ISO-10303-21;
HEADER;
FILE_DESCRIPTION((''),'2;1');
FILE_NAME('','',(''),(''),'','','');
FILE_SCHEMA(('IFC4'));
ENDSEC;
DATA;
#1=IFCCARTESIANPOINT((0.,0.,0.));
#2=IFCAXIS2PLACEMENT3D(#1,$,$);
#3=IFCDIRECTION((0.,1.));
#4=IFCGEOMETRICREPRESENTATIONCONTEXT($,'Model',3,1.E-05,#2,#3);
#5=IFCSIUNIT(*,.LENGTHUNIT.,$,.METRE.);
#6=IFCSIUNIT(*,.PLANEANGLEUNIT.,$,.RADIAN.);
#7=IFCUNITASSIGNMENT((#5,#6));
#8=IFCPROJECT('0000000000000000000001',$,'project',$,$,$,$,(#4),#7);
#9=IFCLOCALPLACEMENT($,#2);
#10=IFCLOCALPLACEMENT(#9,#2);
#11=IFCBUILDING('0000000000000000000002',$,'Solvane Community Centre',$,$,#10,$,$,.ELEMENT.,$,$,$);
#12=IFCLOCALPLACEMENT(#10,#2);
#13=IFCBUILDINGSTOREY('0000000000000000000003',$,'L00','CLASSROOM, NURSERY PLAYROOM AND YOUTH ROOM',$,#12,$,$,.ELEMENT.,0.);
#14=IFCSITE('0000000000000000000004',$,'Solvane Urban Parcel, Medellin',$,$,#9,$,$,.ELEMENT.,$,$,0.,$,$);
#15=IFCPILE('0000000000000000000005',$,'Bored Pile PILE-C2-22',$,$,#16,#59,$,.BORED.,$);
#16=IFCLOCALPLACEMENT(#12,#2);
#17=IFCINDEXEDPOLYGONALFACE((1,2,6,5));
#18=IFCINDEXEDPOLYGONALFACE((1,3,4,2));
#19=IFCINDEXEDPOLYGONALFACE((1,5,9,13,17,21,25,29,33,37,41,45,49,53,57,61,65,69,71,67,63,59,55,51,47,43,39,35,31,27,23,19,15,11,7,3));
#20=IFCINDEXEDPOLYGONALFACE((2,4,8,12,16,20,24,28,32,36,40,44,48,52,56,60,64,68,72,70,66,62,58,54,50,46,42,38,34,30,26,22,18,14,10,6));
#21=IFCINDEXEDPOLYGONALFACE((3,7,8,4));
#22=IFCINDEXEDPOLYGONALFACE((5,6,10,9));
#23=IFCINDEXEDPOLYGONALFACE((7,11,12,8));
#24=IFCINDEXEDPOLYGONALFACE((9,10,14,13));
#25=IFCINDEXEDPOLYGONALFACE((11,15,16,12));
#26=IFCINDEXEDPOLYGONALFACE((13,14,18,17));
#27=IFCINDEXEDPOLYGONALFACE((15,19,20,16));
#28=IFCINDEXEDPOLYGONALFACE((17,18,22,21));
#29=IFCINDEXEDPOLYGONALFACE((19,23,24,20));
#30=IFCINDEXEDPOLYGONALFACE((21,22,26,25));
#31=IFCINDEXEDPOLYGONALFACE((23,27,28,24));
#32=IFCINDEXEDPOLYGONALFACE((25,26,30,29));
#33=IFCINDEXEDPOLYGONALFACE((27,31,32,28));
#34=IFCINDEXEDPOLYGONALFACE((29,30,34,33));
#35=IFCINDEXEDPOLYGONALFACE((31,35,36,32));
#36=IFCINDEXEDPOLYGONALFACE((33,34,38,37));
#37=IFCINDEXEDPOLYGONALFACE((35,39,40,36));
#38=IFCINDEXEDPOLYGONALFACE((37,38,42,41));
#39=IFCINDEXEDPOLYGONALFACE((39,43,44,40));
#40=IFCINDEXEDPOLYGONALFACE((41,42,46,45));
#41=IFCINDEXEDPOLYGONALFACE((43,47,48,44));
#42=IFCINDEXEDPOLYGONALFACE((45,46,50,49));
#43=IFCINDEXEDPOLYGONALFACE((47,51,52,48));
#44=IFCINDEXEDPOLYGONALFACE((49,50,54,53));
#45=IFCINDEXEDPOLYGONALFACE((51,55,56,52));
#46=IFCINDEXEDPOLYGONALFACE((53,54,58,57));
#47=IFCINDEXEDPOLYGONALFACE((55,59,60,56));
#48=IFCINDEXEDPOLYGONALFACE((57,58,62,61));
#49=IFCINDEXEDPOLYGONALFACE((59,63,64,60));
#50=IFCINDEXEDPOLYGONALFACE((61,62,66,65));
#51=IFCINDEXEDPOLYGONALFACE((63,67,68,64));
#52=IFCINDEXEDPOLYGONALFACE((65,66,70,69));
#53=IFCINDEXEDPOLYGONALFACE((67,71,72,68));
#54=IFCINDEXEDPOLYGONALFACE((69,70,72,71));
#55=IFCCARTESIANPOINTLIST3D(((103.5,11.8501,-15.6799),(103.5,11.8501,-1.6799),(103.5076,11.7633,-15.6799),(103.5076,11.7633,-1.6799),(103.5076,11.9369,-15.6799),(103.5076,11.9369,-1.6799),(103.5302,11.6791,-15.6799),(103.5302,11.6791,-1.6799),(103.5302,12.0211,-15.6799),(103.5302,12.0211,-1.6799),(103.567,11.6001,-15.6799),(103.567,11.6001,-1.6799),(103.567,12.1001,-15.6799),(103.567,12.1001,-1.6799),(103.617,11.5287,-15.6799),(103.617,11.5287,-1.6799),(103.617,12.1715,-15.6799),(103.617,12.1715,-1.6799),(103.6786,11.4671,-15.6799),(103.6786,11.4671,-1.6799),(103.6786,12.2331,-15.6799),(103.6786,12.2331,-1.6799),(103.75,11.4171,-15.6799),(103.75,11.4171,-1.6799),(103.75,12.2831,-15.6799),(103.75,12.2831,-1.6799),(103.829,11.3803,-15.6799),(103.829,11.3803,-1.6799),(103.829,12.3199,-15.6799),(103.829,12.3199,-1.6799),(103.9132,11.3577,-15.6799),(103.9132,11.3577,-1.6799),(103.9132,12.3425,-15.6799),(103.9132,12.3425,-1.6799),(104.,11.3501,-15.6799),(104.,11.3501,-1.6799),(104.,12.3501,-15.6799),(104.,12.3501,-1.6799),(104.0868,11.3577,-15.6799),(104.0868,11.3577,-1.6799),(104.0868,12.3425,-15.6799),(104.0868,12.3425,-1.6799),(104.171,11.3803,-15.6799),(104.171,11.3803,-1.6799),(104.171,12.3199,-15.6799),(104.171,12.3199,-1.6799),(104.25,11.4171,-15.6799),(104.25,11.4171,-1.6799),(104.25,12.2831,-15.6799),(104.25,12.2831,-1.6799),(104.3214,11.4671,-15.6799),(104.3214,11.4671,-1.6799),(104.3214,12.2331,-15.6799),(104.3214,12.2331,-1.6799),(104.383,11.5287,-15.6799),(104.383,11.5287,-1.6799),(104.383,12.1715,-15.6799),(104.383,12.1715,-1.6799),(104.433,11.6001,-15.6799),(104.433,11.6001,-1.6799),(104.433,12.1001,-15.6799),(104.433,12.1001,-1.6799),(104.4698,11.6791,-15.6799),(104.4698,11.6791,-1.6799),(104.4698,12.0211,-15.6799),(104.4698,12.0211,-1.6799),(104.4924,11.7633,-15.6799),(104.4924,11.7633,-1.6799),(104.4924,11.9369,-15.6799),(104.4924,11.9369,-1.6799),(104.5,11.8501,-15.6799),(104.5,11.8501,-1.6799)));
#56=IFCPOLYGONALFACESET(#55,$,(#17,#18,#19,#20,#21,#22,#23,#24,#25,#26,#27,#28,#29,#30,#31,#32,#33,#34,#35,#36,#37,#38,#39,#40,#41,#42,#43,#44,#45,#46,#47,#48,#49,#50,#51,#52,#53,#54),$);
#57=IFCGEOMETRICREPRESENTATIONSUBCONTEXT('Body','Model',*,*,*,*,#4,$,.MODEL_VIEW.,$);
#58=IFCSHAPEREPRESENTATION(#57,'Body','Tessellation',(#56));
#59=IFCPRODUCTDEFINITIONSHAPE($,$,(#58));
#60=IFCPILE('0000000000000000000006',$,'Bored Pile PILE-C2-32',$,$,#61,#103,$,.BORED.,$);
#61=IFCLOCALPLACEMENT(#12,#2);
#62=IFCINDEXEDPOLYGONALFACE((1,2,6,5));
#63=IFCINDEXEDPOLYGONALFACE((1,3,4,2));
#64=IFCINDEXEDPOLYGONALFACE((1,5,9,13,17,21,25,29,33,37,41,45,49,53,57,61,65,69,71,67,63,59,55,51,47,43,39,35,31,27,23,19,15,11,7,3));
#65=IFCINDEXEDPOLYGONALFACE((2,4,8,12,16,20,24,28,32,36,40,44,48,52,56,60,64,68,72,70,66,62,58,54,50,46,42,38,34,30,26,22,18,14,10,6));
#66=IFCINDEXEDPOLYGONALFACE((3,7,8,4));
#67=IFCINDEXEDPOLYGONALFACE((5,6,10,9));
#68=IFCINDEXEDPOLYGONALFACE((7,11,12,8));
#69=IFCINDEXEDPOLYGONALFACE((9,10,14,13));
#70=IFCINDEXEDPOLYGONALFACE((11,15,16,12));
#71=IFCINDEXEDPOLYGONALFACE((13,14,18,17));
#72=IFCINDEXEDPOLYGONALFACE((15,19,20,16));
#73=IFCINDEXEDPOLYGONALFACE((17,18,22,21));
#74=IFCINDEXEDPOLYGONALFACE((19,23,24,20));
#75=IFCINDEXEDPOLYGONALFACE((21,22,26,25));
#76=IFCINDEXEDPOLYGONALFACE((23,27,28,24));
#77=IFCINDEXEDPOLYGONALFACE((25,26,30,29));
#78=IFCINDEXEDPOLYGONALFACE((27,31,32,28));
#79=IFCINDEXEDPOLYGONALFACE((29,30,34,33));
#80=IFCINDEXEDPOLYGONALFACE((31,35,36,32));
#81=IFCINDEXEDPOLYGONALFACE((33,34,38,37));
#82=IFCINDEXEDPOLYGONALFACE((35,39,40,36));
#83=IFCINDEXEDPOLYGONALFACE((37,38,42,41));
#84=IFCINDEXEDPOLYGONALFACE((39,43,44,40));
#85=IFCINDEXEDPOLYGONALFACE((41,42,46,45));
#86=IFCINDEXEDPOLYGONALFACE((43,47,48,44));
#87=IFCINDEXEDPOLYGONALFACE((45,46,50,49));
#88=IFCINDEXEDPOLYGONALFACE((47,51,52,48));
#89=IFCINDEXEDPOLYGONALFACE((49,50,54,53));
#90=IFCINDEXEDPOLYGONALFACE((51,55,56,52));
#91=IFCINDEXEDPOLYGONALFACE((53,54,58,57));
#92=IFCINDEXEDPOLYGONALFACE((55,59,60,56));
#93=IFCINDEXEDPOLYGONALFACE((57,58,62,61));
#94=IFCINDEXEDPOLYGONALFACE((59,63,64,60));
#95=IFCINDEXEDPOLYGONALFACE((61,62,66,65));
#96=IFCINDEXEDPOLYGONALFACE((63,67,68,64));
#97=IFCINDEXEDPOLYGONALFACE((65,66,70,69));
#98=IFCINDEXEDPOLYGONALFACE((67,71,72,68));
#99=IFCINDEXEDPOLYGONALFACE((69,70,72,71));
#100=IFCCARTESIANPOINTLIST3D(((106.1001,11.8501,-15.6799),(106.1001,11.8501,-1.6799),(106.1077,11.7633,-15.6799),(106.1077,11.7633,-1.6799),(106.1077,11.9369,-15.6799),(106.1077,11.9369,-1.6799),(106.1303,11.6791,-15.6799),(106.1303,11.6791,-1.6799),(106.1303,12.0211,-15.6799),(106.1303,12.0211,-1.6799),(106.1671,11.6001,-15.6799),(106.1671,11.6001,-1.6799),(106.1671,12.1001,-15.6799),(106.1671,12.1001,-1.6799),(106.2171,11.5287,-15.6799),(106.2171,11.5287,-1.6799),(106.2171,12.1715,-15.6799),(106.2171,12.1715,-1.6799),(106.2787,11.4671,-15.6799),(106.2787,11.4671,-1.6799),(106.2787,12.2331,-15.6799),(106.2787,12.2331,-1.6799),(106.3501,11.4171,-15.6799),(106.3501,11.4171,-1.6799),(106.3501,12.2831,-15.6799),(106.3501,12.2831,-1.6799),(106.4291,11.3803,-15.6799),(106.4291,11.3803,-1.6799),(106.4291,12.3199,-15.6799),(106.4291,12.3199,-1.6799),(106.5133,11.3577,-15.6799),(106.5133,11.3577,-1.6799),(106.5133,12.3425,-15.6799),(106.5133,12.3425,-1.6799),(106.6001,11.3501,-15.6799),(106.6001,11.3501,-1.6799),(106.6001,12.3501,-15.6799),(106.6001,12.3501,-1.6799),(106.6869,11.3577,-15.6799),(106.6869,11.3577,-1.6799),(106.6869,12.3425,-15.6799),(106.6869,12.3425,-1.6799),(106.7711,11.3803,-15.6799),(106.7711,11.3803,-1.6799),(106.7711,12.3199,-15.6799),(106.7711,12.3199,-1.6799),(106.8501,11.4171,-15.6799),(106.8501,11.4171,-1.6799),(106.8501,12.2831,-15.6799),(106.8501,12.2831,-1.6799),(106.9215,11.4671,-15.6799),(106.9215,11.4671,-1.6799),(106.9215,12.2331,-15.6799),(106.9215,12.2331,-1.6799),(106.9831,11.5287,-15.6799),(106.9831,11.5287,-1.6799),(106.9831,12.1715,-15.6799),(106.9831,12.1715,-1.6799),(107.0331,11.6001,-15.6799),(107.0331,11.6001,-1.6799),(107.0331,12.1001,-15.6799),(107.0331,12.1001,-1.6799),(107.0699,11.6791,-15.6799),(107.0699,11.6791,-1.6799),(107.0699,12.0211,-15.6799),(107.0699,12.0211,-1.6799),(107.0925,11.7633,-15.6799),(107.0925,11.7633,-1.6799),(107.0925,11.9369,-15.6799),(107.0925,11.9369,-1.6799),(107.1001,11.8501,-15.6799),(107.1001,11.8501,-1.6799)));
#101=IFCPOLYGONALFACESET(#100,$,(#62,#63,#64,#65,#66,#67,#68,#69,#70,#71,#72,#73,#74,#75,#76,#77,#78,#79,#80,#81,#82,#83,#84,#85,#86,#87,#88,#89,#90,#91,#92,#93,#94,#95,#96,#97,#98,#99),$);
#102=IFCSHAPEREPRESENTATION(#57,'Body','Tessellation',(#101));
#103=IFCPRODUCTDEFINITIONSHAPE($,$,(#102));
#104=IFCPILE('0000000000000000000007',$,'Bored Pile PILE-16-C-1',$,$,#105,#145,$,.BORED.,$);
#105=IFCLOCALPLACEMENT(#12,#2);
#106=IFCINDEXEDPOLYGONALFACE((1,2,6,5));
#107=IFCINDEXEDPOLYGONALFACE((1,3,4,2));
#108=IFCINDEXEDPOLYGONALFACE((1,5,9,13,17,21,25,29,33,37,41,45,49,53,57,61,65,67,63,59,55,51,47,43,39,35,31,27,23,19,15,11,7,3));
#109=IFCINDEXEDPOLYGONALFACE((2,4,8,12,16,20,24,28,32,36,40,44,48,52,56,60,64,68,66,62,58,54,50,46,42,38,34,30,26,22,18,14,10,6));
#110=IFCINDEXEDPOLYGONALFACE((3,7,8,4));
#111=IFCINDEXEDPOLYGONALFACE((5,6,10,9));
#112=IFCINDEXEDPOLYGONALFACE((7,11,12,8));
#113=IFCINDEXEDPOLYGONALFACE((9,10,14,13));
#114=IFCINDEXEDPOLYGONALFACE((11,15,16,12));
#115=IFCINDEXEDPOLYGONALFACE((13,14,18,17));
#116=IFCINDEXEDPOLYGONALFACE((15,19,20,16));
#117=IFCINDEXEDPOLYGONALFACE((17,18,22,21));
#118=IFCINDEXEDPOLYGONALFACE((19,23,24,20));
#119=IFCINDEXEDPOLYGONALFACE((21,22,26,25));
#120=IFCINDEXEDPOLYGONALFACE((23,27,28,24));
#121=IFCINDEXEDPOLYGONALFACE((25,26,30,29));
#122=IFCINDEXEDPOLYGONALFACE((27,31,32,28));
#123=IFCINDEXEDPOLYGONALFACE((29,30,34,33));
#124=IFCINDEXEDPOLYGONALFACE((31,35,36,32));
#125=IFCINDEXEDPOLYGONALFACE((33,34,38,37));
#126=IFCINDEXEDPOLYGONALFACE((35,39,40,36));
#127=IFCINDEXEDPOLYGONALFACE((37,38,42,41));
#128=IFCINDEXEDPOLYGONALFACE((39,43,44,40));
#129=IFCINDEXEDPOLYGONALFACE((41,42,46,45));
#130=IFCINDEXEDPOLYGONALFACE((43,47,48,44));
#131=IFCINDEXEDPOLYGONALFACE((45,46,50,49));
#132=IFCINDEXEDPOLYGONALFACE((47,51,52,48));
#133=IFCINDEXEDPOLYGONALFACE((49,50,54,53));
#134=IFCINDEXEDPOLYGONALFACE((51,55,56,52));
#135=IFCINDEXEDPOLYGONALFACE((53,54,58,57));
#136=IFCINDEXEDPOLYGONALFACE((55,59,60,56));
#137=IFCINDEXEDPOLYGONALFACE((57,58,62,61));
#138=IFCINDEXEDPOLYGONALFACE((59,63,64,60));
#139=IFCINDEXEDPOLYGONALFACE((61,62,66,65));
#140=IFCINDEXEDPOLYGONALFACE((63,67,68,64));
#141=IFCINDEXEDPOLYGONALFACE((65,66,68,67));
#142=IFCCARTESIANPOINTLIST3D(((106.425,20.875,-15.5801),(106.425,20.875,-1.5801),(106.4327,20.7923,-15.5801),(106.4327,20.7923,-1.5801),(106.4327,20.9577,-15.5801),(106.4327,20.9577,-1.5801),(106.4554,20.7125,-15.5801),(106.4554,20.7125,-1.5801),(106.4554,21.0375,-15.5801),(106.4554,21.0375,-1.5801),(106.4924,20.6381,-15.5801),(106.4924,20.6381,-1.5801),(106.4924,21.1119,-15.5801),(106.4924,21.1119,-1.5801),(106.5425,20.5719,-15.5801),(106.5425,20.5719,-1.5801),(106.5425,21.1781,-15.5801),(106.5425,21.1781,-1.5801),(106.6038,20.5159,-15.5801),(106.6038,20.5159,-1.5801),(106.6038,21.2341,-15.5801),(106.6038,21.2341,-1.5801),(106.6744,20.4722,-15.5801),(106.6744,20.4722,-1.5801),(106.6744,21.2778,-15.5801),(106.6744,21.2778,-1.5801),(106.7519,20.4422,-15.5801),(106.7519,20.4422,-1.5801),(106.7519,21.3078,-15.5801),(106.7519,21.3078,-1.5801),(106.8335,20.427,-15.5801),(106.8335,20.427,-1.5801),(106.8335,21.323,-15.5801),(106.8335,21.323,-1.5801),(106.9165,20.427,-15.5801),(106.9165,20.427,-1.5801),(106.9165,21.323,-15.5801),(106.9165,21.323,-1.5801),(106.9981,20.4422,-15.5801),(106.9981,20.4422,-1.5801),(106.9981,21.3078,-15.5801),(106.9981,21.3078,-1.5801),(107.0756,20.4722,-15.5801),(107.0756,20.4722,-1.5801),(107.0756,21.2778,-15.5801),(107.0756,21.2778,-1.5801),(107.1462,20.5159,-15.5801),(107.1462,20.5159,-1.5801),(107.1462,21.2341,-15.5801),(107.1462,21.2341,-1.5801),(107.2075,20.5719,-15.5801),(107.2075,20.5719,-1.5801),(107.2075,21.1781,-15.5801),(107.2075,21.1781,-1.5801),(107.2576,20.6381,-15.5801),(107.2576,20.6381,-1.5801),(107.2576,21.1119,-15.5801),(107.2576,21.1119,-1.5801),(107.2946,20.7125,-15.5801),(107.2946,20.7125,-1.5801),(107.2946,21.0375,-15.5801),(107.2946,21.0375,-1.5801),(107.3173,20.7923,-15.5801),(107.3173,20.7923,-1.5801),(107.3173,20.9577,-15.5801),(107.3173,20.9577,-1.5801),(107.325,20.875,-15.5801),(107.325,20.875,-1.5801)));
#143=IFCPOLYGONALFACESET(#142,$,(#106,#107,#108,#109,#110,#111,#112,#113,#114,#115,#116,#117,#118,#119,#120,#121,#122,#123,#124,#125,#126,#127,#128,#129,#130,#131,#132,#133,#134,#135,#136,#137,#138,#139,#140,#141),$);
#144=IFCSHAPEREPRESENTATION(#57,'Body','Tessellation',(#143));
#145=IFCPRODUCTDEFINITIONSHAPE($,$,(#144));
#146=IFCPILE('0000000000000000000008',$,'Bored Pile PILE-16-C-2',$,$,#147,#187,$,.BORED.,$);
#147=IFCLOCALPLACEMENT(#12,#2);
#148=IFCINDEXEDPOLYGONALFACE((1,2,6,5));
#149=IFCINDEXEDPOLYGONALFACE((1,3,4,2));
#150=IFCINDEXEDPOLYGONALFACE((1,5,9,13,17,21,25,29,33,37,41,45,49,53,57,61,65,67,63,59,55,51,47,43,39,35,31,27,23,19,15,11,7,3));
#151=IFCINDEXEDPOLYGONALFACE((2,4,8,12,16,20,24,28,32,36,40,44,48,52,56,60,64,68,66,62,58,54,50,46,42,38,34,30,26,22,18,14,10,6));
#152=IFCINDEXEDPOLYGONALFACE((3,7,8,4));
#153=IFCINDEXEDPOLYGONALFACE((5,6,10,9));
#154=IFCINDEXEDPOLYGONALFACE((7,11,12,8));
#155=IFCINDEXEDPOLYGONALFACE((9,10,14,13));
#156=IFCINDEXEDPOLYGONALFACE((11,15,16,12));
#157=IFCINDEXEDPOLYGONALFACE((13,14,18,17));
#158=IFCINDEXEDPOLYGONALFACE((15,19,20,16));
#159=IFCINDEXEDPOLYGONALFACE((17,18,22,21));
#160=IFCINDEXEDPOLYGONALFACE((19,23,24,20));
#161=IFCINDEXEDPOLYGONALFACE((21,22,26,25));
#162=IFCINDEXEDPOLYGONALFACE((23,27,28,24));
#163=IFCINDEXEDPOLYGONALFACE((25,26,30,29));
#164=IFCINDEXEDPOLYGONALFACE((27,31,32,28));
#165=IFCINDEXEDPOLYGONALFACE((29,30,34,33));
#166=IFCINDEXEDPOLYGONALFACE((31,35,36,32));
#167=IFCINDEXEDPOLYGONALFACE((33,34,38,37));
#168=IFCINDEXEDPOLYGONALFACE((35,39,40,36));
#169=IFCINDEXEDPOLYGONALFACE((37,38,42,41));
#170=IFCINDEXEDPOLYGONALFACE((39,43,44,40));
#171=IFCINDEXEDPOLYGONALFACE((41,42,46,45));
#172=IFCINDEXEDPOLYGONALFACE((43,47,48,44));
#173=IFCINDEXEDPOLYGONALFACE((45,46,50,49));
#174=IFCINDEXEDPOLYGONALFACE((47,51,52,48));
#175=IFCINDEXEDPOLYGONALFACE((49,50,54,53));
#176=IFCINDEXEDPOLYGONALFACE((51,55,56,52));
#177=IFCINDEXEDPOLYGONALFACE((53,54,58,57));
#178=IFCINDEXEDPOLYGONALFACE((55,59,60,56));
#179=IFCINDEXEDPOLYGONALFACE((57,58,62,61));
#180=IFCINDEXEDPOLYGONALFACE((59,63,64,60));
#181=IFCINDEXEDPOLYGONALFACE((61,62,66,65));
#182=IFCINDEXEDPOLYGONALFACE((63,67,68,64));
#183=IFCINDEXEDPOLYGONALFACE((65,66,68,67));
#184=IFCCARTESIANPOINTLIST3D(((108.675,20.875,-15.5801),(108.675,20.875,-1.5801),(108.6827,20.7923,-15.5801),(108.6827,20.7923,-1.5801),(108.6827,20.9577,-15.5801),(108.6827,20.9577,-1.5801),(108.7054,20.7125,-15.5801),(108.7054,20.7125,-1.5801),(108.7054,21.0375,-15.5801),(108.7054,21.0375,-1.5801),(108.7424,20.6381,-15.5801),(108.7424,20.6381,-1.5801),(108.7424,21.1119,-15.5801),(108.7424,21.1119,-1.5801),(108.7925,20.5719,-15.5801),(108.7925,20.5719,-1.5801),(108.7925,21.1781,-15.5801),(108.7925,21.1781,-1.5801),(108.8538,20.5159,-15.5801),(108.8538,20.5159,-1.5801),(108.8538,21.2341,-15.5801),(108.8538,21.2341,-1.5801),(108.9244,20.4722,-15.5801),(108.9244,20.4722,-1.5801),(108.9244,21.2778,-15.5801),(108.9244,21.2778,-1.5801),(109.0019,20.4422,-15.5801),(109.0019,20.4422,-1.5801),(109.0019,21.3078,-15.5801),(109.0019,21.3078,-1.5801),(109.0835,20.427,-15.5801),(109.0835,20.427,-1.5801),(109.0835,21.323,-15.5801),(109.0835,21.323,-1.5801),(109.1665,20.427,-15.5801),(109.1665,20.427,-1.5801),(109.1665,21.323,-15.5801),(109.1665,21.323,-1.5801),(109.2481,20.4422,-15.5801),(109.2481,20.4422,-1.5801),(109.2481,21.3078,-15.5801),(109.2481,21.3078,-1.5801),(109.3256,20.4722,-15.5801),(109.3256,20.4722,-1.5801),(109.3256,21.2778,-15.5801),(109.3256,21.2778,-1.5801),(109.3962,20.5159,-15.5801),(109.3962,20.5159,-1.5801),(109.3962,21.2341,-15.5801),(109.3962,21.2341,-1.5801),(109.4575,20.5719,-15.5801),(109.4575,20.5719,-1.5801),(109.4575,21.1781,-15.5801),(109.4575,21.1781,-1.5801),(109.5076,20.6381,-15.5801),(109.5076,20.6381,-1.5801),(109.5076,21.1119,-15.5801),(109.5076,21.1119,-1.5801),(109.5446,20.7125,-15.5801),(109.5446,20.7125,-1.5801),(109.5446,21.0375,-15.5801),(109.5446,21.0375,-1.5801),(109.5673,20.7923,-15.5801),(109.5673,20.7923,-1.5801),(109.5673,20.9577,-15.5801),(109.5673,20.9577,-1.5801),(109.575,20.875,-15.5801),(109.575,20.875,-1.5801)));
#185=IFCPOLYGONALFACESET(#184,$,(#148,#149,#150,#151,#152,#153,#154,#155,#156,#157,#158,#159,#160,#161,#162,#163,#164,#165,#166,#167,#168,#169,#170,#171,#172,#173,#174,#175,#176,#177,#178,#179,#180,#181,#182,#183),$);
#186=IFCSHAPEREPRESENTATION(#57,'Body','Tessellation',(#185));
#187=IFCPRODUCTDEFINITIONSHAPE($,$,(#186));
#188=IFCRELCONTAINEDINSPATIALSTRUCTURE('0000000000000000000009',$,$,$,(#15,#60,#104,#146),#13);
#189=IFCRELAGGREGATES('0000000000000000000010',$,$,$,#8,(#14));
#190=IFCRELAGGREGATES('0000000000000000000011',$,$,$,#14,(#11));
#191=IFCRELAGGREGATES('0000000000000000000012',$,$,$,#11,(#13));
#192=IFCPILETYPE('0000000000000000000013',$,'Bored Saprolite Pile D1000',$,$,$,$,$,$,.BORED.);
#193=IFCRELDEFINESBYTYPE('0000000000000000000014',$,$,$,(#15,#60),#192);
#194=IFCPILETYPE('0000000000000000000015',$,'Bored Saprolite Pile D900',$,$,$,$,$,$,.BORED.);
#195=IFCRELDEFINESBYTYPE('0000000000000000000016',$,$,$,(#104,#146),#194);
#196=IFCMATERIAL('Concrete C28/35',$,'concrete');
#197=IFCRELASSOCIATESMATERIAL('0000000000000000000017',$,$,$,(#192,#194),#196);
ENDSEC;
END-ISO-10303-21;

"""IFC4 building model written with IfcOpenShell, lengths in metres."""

from ifc_helpers import new_model, si_unit, direction, frame, origin, origin_2d, place, context, subcontext, project, spatial, circle, extrude, material, material_profile, profile_set, type_object, element, save


model = new_model("IFC4")

# Units and contexts
model_context = context("Model", 3, precision=1e-05, world=origin(), true_north=direction((0.0, 1.0)))
body_context = subcontext(model_context, "Body", "Model", "MODEL_VIEW")
ifc_project = project(units=[si_unit("LENGTHUNIT", "METRE"), si_unit("PLANEANGLEUNIT", "RADIAN")], contexts=[model_context])

# Site, building, storey
site_placement = place(None, origin())
site = spatial("IfcSite", under=ifc_project, at=site_placement, Name="Solvane Urban Parcel, Medellin", CompositionType="ELEMENT", RefElevation=0.0)
building_placement = place(site_placement, origin())
building = spatial("IfcBuilding", under=site, at=building_placement, Name="Solvane Community Centre", CompositionType="ELEMENT")
storey_placement = place(building_placement, origin())
storey = spatial("IfcBuildingStorey", under=building, at=storey_placement, Name="L00", Description="CLASSROOM, NURSERY PLAYROOM AND YOUTH ROOM", CompositionType="ELEMENT", Elevation=0.0)

# Piles
ifc_material_1 = material(Name="Concrete C28/35", Category="concrete")
ifc_material_profile_1 = material_profile(ifc_material_1, circle(Radius=0.5, at=origin_2d()), Name="PILE D1000")
ifc_profile_set_1 = profile_set([ifc_material_profile_1], Name="Concrete C28/35")
pile_type_1 = type_object("IfcPileType", Name="Bored Saprolite Pile D1000", PredefinedType="BORED", material=ifc_profile_set_1)
for number, where, z_axis, x_axis, name in (
    (1, (104.0, 11.8501, -1.6799), (0.0, 0.0, -1.0), (1.0, 0.0, 0.0), "Bored Pile PILE-C2-22"),
    (2, (106.6001, 11.8501, -1.6799), (0.0, 0.0, -1.0), (1.0, 0.0, 0.0), "Bored Pile PILE-C2-32"),
):
    element("IfcPile", number, at=place(storey_placement, frame(where, z_axis=z_axis, x_axis=x_axis)), inside=storey, type_object=pile_type_1, Name=name, PredefinedType="BORED", context=body_context, shape_type="SweptSolid", body=[
        extrude(circle(Radius=0.5, at=origin_2d()), origin(), (0.0, 0.0, 1.0), 14.0),
    ])
ifc_material_profile_2 = material_profile(ifc_material_1, circle(Radius=0.45, at=origin_2d()), Name="PILE D900")
ifc_profile_set_2 = profile_set([ifc_material_profile_2], Name="Concrete C28/35")
pile_type_2 = type_object("IfcPileType", Name="Bored Saprolite Pile D900", PredefinedType="BORED", material=ifc_profile_set_2)
for number, where, z_axis, x_axis, name in (
    (3, (106.875, 20.875, -1.5801), (0.0, 0.0, -1.0), (1.0, 0.0, 0.0), "Bored Pile PILE-16-C-1"),
    (4, (109.125, 20.875, -1.5801), (0.0, 0.0, -1.0), (1.0, 0.0, 0.0), "Bored Pile PILE-16-C-2"),
):
    element("IfcPile", number, at=place(storey_placement, frame(where, z_axis=z_axis, x_axis=x_axis)), inside=storey, type_object=pile_type_2, Name=name, PredefinedType="BORED", context=body_context, shape_type="SweptSolid", body=[
        extrude(circle(Radius=0.45, at=origin_2d()), origin(), (0.0, 0.0, 1.0), 14.0),
    ])

save(model, "model.ifc")
